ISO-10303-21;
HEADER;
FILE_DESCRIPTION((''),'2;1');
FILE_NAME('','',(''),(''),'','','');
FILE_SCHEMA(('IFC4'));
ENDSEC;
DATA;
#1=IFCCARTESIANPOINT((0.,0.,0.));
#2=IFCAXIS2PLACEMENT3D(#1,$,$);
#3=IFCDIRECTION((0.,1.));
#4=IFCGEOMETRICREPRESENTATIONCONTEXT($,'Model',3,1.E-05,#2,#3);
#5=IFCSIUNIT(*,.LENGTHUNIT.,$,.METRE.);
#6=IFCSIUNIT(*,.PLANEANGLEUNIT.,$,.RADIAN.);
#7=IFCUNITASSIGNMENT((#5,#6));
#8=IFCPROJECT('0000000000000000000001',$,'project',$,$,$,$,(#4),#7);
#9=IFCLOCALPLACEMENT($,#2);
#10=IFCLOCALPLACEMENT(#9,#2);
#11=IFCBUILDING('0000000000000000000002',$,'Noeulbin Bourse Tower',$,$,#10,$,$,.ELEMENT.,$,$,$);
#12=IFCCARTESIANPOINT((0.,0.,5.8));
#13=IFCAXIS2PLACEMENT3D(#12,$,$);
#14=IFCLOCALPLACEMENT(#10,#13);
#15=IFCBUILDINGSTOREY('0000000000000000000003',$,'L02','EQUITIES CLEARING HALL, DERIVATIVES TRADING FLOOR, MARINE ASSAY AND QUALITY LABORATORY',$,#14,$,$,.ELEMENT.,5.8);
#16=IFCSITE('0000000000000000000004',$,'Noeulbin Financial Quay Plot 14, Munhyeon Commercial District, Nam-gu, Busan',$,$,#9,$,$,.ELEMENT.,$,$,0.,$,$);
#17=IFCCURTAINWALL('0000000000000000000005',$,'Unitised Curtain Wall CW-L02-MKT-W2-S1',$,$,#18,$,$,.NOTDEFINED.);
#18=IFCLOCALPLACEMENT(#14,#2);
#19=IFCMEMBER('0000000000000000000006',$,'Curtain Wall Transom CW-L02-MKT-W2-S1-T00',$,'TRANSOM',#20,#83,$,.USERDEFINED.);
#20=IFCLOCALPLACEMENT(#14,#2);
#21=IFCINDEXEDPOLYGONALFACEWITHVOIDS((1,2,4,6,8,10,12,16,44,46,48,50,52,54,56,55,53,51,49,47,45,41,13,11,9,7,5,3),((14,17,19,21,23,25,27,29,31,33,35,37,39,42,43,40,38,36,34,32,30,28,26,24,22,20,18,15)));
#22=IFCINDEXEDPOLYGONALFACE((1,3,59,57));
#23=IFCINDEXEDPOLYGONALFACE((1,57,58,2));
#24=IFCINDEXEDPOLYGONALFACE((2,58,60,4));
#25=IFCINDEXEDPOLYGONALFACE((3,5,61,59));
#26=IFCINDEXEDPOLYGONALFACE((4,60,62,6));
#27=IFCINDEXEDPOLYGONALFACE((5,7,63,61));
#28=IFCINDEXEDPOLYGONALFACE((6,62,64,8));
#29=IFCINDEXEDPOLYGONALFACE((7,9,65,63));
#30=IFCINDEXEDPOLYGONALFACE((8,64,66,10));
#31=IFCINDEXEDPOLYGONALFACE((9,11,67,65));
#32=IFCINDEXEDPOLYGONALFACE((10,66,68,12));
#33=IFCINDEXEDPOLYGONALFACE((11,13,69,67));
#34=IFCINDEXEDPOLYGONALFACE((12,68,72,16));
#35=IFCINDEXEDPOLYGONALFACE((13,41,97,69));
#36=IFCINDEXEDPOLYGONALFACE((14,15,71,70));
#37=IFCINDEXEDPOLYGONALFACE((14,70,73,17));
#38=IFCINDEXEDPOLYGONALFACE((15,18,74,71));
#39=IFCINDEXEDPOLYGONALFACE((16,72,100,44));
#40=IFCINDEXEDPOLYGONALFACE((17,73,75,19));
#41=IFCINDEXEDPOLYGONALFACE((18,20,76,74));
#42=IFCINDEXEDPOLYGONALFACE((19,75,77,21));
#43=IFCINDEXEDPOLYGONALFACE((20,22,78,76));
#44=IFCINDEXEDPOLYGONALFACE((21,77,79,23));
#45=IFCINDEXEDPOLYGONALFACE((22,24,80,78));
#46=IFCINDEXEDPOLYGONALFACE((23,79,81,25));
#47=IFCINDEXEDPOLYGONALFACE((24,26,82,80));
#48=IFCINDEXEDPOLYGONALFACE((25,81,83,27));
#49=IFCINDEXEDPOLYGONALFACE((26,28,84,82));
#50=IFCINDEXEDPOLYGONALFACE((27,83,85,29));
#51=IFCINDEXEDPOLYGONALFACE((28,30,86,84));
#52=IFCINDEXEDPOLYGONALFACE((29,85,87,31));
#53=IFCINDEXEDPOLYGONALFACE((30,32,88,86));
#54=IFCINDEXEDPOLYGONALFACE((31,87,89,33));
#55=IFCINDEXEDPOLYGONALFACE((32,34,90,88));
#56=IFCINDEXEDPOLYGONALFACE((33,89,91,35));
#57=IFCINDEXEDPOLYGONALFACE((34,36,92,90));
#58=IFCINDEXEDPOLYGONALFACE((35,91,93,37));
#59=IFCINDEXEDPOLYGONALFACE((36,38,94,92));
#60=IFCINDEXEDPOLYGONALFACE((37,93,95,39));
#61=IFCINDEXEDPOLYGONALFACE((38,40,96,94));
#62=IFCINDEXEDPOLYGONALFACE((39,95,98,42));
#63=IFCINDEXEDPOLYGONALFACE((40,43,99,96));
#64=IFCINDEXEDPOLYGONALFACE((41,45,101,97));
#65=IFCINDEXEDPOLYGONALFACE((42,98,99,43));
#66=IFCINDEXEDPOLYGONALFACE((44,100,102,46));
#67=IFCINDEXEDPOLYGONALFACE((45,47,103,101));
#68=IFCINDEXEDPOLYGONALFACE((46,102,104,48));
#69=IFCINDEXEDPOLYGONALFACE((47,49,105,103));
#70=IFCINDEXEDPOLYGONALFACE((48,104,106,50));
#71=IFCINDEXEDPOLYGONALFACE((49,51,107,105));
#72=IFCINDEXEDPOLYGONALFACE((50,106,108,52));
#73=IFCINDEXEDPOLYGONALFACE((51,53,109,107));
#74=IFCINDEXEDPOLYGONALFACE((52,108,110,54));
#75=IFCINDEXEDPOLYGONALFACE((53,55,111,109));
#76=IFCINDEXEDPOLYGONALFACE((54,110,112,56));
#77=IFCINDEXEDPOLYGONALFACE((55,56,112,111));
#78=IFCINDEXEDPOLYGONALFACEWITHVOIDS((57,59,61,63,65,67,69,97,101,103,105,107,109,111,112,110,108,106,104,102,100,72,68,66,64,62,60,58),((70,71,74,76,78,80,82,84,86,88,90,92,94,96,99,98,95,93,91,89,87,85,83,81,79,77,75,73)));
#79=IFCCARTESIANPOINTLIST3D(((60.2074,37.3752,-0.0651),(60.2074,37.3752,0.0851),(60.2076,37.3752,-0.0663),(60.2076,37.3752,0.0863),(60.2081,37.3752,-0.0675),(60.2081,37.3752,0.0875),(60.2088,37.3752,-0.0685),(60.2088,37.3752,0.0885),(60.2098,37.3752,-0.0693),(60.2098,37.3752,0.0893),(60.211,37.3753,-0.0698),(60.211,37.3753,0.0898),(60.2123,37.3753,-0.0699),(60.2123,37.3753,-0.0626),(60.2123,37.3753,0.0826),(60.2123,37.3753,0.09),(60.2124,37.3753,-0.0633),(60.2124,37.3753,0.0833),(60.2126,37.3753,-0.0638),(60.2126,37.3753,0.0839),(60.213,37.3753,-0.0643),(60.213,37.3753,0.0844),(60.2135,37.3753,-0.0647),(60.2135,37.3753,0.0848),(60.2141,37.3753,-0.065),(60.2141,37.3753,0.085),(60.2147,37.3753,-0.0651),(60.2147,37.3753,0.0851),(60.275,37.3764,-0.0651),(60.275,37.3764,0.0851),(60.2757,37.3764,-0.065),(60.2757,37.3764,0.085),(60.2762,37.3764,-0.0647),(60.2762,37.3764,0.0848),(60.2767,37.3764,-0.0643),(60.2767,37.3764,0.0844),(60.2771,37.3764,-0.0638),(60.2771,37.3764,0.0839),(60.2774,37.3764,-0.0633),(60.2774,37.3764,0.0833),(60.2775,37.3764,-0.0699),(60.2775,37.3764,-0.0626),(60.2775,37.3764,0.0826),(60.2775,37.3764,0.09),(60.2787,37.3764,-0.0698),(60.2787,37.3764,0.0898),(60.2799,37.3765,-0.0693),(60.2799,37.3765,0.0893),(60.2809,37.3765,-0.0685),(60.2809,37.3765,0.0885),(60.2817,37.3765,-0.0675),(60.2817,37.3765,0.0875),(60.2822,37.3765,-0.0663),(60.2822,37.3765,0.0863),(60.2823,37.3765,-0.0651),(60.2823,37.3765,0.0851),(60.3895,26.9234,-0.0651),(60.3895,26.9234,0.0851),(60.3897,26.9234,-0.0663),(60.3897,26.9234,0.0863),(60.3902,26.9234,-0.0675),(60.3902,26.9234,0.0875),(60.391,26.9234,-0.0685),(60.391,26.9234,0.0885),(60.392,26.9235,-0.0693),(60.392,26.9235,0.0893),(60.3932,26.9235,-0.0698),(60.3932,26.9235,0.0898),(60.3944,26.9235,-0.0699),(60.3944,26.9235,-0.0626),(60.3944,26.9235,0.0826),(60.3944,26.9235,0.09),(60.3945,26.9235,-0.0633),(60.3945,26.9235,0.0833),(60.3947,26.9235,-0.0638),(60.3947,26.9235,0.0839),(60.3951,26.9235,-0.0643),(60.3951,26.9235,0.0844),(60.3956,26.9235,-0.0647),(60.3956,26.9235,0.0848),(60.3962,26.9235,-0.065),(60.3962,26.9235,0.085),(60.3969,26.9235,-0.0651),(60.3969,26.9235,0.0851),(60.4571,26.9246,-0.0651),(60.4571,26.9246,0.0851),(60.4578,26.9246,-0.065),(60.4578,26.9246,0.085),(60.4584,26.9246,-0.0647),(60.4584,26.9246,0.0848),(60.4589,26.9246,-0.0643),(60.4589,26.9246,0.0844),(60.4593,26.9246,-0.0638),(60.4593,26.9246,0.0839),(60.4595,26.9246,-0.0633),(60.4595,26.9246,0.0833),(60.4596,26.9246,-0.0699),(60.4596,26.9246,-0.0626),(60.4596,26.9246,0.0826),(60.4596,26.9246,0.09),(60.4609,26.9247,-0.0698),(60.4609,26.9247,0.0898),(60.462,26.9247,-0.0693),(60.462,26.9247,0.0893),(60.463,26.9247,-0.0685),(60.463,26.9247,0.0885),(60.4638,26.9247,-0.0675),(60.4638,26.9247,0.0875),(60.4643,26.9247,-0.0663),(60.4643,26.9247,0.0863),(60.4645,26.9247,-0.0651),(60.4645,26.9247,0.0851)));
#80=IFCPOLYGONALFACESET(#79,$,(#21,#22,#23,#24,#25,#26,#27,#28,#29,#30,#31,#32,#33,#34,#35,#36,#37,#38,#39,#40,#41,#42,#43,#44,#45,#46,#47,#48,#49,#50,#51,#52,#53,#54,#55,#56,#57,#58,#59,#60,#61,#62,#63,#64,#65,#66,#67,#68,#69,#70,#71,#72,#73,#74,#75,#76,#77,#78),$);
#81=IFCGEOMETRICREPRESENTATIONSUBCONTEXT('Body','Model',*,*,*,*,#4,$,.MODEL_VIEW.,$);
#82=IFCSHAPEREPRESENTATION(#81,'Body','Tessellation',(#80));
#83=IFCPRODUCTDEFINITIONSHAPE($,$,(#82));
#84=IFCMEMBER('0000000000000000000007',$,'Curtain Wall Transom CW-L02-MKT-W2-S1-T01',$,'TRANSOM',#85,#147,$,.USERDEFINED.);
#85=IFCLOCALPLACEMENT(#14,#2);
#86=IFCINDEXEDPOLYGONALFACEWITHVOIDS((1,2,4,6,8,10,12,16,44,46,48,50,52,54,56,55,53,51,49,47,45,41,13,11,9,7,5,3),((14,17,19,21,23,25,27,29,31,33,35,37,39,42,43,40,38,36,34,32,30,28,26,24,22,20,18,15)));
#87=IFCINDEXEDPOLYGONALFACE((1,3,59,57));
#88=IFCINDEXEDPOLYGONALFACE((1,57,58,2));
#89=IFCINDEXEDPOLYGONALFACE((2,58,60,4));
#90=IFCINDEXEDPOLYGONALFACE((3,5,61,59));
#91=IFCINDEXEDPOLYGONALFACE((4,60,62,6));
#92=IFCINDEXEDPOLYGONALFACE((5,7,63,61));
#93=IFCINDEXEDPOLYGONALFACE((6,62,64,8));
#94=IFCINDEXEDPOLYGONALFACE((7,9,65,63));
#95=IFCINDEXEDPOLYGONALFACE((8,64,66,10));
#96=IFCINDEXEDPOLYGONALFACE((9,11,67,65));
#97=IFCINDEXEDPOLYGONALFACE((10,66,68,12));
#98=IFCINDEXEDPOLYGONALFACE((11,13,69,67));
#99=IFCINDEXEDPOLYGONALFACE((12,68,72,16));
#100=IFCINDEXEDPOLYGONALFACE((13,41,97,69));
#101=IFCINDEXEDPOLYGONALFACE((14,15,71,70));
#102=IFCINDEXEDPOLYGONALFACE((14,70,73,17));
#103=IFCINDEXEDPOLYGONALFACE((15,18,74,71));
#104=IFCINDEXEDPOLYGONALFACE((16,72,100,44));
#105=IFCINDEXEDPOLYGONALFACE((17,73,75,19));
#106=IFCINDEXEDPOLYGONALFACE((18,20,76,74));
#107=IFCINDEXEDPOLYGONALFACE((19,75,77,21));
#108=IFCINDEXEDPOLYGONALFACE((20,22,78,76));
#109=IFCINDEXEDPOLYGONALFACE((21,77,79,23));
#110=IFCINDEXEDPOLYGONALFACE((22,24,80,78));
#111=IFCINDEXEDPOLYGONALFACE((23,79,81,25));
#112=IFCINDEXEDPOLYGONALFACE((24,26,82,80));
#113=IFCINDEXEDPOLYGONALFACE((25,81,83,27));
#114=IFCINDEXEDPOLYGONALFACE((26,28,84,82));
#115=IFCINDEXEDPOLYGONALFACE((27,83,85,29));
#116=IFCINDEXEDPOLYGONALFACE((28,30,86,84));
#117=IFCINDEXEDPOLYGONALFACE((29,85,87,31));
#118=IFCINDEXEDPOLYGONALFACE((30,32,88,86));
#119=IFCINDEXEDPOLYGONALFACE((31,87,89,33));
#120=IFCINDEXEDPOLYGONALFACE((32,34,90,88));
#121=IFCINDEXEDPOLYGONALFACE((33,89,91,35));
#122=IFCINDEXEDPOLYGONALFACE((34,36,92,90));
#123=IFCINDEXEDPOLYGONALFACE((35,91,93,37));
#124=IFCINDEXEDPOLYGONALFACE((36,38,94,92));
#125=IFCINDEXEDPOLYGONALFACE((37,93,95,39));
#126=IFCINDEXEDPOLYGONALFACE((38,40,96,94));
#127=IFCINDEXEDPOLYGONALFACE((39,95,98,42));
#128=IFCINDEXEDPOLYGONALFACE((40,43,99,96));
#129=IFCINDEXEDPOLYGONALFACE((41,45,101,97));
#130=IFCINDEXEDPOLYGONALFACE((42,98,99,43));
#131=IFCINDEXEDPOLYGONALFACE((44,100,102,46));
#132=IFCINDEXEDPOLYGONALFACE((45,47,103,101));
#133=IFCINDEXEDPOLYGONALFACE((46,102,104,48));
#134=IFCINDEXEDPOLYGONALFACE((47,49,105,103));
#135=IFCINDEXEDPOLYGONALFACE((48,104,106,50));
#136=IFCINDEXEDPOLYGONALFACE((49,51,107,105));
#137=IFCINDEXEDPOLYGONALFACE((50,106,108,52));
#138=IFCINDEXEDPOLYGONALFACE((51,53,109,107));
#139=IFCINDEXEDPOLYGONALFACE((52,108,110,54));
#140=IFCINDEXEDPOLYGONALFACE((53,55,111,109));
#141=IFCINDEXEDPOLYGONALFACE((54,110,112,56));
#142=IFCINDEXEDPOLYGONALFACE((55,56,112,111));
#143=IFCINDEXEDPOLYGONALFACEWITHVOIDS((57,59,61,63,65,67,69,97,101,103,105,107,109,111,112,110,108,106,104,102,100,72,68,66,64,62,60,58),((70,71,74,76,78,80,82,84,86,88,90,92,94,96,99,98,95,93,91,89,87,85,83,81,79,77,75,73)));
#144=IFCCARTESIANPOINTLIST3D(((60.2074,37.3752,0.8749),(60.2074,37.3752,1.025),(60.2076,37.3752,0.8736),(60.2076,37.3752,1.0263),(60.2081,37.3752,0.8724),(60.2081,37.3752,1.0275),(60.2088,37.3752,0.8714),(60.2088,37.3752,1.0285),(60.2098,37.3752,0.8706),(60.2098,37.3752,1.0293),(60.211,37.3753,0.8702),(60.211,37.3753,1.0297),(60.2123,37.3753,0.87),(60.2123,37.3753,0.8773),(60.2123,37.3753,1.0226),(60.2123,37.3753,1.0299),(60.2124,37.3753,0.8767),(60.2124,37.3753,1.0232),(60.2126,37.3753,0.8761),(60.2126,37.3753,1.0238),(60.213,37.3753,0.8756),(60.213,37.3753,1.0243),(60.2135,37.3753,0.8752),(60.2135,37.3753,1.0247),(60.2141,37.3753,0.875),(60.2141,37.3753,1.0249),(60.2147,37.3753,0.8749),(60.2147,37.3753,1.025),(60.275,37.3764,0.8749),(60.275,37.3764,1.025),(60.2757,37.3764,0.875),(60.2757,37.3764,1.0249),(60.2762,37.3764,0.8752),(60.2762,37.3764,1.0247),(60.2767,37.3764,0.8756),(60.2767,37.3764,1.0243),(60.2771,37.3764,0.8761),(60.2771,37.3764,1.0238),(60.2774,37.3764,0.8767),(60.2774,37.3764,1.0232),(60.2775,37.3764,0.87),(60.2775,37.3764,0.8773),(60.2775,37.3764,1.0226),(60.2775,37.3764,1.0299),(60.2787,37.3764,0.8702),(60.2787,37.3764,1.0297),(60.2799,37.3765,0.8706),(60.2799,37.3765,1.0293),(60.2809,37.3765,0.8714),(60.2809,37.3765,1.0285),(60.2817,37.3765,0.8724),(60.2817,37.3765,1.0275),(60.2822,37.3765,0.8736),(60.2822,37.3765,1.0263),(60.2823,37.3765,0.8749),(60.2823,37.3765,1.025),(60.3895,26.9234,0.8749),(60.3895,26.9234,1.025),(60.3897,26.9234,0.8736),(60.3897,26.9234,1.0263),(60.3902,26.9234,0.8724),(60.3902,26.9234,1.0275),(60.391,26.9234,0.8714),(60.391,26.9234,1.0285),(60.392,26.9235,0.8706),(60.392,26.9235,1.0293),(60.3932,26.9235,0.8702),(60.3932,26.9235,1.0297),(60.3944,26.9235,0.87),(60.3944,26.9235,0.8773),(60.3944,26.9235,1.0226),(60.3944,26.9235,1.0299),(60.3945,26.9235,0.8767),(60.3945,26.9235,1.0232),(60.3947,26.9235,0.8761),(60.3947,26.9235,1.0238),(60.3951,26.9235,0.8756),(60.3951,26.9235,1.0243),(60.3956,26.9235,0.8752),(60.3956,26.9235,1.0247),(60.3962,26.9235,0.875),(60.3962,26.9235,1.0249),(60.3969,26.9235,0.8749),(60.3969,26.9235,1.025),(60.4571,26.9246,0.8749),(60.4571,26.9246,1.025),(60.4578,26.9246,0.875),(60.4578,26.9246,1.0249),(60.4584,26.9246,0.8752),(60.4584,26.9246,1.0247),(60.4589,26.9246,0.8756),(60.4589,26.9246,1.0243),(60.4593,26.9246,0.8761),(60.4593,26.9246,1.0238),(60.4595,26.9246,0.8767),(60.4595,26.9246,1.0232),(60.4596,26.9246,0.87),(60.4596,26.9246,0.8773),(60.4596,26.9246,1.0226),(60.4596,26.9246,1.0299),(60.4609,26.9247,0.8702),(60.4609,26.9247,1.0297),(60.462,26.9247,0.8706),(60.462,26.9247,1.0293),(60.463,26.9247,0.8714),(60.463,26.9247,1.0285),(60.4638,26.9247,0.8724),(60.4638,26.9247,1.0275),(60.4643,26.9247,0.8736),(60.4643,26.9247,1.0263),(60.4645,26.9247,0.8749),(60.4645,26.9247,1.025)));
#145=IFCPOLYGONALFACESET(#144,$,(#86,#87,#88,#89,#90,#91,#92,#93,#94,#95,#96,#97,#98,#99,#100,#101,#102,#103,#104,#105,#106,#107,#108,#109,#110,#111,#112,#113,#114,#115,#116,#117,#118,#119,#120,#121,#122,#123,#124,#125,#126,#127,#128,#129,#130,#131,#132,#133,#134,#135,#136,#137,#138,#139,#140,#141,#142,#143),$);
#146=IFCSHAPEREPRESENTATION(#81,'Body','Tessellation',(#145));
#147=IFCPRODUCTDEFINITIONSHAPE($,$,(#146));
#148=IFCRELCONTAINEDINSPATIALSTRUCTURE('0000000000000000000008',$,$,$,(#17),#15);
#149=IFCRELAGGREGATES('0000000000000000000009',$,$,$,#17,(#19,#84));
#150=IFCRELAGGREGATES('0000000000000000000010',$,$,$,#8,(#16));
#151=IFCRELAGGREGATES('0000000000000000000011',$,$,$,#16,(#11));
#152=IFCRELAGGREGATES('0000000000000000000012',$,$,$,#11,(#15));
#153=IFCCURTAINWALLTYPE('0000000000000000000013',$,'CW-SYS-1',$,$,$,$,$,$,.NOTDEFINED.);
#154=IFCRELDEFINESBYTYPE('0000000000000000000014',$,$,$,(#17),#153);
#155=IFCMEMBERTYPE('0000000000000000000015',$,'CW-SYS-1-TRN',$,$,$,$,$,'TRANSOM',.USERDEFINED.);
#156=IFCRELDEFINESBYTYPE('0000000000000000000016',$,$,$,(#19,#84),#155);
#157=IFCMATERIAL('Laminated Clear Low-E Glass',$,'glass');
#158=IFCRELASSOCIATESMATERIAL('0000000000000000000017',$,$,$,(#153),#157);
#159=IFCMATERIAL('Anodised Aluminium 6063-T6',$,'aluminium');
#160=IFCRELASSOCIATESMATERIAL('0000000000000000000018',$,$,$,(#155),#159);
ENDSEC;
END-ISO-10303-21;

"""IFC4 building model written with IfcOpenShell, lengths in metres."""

from ifc_helpers import new_model, si_unit, direction, frame, origin, origin_2d, place, context, subcontext, project, spatial, hollow_rectangle, extrude, material, material_profile, profile_set, type_object, element, aggregate, save


model = new_model("IFC4")

# Units and contexts
model_context = context("Model", 3, precision=1e-05, world=origin(), true_north=direction((0.0, 1.0)))
body_context = subcontext(model_context, "Body", "Model", "MODEL_VIEW")
ifc_project = project(units=[si_unit("LENGTHUNIT", "METRE"), si_unit("PLANEANGLEUNIT", "RADIAN")], contexts=[model_context])

# Site, building, storey
site_placement = place(None, origin())
site = spatial("IfcSite", under=ifc_project, at=site_placement, Name="Noeulbin Financial Quay Plot 14, Munhyeon Commercial District, Nam-gu, Busan", CompositionType="ELEMENT", RefElevation=0.0)
building_placement = place(site_placement, origin())
building = spatial("IfcBuilding", under=site, at=building_placement, Name="Noeulbin Bourse Tower", CompositionType="ELEMENT")
storey_placement = place(building_placement, frame((0.0, 0.0, 5.8)))
storey = spatial("IfcBuildingStorey", under=building, at=storey_placement, Name="L02", Description="EQUITIES CLEARING HALL, DERIVATIVES TRADING FLOOR, MARINE ASSAY AND QUALITY LABORATORY", CompositionType="ELEMENT", Elevation=5.8)

# Curtain wall, members
ifc_material_1 = material(Name="Laminated Clear Low-E Glass", Category="glass")
curtain_wall_type_1 = type_object("IfcCurtainWallType", Name="CW-SYS-1", PredefinedType="NOTDEFINED", material=ifc_material_1)
curtain_wall_1_placement = place(storey_placement, origin())
curtain_wall_1 = element("IfcCurtainWall", 1, at=curtain_wall_1_placement, inside=storey, type_object=curtain_wall_type_1, Name="Unitised Curtain Wall CW-L02-MKT-W2-S1", PredefinedType="NOTDEFINED")
ifc_material_2 = material(Name="Anodised Aluminium 6063-T6", Category="aluminium")
ifc_material_profile_1 = material_profile(ifc_material_2, hollow_rectangle(XDim=0.075, YDim=0.1599, WallThickness=0.0049, InnerFilletRadius=0.0024, OuterFilletRadius=0.0049, at=origin_2d()), Name="ALU-TRAN-75x160x5", Category="LoadBearing")
ifc_profile_set_1 = profile_set([ifc_material_profile_1], Name="Anodised Aluminium 6063-T6")
member_type_1 = type_object("IfcMemberType", Name="CW-SYS-1-TRN", ElementType="TRANSOM", PredefinedType="USERDEFINED", material=ifc_profile_set_1)
member_1_placement = place(storey_placement, frame((60.427, 26.9241, 0.01), z_axis=(-0.017423, 0.999848, 0.0), x_axis=(-0.999848, -0.017423, 0.0)))
member_1 = element("IfcMember", 2, at=member_1_placement, type_object=member_type_1, Name="Curtain Wall Transom CW-L02-MKT-W2-S1-T00", ObjectType="TRANSOM", PredefinedType="USERDEFINED", context=body_context, shape_type="SweptSolid", body=[
    extrude(hollow_rectangle(XDim=0.075, YDim=0.1599, WallThickness=0.0049, InnerFilletRadius=0.0024, OuterFilletRadius=0.0049, at=origin_2d()), origin(), (0.0, 0.0, 1.0), 10.4534),
])
member_2_placement = place(storey_placement, frame((60.427, 26.9241, 0.95), z_axis=(-0.017423, 0.999848, 0.0), x_axis=(-0.999848, -0.017423, 0.0)))
member_2 = element("IfcMember", 3, at=member_2_placement, type_object=member_type_1, Name="Curtain Wall Transom CW-L02-MKT-W2-S1-T01", ObjectType="TRANSOM", PredefinedType="USERDEFINED", context=body_context, shape_type="SweptSolid", body=[
    extrude(hollow_rectangle(XDim=0.075, YDim=0.1599, WallThickness=0.0049, InnerFilletRadius=0.0024, OuterFilletRadius=0.0049, at=origin_2d()), origin(), (0.0, 0.0, 1.0), 10.4534),
])

aggregate(curtain_wall_1, [member_1, member_2])

save(model, "model.ifc")
